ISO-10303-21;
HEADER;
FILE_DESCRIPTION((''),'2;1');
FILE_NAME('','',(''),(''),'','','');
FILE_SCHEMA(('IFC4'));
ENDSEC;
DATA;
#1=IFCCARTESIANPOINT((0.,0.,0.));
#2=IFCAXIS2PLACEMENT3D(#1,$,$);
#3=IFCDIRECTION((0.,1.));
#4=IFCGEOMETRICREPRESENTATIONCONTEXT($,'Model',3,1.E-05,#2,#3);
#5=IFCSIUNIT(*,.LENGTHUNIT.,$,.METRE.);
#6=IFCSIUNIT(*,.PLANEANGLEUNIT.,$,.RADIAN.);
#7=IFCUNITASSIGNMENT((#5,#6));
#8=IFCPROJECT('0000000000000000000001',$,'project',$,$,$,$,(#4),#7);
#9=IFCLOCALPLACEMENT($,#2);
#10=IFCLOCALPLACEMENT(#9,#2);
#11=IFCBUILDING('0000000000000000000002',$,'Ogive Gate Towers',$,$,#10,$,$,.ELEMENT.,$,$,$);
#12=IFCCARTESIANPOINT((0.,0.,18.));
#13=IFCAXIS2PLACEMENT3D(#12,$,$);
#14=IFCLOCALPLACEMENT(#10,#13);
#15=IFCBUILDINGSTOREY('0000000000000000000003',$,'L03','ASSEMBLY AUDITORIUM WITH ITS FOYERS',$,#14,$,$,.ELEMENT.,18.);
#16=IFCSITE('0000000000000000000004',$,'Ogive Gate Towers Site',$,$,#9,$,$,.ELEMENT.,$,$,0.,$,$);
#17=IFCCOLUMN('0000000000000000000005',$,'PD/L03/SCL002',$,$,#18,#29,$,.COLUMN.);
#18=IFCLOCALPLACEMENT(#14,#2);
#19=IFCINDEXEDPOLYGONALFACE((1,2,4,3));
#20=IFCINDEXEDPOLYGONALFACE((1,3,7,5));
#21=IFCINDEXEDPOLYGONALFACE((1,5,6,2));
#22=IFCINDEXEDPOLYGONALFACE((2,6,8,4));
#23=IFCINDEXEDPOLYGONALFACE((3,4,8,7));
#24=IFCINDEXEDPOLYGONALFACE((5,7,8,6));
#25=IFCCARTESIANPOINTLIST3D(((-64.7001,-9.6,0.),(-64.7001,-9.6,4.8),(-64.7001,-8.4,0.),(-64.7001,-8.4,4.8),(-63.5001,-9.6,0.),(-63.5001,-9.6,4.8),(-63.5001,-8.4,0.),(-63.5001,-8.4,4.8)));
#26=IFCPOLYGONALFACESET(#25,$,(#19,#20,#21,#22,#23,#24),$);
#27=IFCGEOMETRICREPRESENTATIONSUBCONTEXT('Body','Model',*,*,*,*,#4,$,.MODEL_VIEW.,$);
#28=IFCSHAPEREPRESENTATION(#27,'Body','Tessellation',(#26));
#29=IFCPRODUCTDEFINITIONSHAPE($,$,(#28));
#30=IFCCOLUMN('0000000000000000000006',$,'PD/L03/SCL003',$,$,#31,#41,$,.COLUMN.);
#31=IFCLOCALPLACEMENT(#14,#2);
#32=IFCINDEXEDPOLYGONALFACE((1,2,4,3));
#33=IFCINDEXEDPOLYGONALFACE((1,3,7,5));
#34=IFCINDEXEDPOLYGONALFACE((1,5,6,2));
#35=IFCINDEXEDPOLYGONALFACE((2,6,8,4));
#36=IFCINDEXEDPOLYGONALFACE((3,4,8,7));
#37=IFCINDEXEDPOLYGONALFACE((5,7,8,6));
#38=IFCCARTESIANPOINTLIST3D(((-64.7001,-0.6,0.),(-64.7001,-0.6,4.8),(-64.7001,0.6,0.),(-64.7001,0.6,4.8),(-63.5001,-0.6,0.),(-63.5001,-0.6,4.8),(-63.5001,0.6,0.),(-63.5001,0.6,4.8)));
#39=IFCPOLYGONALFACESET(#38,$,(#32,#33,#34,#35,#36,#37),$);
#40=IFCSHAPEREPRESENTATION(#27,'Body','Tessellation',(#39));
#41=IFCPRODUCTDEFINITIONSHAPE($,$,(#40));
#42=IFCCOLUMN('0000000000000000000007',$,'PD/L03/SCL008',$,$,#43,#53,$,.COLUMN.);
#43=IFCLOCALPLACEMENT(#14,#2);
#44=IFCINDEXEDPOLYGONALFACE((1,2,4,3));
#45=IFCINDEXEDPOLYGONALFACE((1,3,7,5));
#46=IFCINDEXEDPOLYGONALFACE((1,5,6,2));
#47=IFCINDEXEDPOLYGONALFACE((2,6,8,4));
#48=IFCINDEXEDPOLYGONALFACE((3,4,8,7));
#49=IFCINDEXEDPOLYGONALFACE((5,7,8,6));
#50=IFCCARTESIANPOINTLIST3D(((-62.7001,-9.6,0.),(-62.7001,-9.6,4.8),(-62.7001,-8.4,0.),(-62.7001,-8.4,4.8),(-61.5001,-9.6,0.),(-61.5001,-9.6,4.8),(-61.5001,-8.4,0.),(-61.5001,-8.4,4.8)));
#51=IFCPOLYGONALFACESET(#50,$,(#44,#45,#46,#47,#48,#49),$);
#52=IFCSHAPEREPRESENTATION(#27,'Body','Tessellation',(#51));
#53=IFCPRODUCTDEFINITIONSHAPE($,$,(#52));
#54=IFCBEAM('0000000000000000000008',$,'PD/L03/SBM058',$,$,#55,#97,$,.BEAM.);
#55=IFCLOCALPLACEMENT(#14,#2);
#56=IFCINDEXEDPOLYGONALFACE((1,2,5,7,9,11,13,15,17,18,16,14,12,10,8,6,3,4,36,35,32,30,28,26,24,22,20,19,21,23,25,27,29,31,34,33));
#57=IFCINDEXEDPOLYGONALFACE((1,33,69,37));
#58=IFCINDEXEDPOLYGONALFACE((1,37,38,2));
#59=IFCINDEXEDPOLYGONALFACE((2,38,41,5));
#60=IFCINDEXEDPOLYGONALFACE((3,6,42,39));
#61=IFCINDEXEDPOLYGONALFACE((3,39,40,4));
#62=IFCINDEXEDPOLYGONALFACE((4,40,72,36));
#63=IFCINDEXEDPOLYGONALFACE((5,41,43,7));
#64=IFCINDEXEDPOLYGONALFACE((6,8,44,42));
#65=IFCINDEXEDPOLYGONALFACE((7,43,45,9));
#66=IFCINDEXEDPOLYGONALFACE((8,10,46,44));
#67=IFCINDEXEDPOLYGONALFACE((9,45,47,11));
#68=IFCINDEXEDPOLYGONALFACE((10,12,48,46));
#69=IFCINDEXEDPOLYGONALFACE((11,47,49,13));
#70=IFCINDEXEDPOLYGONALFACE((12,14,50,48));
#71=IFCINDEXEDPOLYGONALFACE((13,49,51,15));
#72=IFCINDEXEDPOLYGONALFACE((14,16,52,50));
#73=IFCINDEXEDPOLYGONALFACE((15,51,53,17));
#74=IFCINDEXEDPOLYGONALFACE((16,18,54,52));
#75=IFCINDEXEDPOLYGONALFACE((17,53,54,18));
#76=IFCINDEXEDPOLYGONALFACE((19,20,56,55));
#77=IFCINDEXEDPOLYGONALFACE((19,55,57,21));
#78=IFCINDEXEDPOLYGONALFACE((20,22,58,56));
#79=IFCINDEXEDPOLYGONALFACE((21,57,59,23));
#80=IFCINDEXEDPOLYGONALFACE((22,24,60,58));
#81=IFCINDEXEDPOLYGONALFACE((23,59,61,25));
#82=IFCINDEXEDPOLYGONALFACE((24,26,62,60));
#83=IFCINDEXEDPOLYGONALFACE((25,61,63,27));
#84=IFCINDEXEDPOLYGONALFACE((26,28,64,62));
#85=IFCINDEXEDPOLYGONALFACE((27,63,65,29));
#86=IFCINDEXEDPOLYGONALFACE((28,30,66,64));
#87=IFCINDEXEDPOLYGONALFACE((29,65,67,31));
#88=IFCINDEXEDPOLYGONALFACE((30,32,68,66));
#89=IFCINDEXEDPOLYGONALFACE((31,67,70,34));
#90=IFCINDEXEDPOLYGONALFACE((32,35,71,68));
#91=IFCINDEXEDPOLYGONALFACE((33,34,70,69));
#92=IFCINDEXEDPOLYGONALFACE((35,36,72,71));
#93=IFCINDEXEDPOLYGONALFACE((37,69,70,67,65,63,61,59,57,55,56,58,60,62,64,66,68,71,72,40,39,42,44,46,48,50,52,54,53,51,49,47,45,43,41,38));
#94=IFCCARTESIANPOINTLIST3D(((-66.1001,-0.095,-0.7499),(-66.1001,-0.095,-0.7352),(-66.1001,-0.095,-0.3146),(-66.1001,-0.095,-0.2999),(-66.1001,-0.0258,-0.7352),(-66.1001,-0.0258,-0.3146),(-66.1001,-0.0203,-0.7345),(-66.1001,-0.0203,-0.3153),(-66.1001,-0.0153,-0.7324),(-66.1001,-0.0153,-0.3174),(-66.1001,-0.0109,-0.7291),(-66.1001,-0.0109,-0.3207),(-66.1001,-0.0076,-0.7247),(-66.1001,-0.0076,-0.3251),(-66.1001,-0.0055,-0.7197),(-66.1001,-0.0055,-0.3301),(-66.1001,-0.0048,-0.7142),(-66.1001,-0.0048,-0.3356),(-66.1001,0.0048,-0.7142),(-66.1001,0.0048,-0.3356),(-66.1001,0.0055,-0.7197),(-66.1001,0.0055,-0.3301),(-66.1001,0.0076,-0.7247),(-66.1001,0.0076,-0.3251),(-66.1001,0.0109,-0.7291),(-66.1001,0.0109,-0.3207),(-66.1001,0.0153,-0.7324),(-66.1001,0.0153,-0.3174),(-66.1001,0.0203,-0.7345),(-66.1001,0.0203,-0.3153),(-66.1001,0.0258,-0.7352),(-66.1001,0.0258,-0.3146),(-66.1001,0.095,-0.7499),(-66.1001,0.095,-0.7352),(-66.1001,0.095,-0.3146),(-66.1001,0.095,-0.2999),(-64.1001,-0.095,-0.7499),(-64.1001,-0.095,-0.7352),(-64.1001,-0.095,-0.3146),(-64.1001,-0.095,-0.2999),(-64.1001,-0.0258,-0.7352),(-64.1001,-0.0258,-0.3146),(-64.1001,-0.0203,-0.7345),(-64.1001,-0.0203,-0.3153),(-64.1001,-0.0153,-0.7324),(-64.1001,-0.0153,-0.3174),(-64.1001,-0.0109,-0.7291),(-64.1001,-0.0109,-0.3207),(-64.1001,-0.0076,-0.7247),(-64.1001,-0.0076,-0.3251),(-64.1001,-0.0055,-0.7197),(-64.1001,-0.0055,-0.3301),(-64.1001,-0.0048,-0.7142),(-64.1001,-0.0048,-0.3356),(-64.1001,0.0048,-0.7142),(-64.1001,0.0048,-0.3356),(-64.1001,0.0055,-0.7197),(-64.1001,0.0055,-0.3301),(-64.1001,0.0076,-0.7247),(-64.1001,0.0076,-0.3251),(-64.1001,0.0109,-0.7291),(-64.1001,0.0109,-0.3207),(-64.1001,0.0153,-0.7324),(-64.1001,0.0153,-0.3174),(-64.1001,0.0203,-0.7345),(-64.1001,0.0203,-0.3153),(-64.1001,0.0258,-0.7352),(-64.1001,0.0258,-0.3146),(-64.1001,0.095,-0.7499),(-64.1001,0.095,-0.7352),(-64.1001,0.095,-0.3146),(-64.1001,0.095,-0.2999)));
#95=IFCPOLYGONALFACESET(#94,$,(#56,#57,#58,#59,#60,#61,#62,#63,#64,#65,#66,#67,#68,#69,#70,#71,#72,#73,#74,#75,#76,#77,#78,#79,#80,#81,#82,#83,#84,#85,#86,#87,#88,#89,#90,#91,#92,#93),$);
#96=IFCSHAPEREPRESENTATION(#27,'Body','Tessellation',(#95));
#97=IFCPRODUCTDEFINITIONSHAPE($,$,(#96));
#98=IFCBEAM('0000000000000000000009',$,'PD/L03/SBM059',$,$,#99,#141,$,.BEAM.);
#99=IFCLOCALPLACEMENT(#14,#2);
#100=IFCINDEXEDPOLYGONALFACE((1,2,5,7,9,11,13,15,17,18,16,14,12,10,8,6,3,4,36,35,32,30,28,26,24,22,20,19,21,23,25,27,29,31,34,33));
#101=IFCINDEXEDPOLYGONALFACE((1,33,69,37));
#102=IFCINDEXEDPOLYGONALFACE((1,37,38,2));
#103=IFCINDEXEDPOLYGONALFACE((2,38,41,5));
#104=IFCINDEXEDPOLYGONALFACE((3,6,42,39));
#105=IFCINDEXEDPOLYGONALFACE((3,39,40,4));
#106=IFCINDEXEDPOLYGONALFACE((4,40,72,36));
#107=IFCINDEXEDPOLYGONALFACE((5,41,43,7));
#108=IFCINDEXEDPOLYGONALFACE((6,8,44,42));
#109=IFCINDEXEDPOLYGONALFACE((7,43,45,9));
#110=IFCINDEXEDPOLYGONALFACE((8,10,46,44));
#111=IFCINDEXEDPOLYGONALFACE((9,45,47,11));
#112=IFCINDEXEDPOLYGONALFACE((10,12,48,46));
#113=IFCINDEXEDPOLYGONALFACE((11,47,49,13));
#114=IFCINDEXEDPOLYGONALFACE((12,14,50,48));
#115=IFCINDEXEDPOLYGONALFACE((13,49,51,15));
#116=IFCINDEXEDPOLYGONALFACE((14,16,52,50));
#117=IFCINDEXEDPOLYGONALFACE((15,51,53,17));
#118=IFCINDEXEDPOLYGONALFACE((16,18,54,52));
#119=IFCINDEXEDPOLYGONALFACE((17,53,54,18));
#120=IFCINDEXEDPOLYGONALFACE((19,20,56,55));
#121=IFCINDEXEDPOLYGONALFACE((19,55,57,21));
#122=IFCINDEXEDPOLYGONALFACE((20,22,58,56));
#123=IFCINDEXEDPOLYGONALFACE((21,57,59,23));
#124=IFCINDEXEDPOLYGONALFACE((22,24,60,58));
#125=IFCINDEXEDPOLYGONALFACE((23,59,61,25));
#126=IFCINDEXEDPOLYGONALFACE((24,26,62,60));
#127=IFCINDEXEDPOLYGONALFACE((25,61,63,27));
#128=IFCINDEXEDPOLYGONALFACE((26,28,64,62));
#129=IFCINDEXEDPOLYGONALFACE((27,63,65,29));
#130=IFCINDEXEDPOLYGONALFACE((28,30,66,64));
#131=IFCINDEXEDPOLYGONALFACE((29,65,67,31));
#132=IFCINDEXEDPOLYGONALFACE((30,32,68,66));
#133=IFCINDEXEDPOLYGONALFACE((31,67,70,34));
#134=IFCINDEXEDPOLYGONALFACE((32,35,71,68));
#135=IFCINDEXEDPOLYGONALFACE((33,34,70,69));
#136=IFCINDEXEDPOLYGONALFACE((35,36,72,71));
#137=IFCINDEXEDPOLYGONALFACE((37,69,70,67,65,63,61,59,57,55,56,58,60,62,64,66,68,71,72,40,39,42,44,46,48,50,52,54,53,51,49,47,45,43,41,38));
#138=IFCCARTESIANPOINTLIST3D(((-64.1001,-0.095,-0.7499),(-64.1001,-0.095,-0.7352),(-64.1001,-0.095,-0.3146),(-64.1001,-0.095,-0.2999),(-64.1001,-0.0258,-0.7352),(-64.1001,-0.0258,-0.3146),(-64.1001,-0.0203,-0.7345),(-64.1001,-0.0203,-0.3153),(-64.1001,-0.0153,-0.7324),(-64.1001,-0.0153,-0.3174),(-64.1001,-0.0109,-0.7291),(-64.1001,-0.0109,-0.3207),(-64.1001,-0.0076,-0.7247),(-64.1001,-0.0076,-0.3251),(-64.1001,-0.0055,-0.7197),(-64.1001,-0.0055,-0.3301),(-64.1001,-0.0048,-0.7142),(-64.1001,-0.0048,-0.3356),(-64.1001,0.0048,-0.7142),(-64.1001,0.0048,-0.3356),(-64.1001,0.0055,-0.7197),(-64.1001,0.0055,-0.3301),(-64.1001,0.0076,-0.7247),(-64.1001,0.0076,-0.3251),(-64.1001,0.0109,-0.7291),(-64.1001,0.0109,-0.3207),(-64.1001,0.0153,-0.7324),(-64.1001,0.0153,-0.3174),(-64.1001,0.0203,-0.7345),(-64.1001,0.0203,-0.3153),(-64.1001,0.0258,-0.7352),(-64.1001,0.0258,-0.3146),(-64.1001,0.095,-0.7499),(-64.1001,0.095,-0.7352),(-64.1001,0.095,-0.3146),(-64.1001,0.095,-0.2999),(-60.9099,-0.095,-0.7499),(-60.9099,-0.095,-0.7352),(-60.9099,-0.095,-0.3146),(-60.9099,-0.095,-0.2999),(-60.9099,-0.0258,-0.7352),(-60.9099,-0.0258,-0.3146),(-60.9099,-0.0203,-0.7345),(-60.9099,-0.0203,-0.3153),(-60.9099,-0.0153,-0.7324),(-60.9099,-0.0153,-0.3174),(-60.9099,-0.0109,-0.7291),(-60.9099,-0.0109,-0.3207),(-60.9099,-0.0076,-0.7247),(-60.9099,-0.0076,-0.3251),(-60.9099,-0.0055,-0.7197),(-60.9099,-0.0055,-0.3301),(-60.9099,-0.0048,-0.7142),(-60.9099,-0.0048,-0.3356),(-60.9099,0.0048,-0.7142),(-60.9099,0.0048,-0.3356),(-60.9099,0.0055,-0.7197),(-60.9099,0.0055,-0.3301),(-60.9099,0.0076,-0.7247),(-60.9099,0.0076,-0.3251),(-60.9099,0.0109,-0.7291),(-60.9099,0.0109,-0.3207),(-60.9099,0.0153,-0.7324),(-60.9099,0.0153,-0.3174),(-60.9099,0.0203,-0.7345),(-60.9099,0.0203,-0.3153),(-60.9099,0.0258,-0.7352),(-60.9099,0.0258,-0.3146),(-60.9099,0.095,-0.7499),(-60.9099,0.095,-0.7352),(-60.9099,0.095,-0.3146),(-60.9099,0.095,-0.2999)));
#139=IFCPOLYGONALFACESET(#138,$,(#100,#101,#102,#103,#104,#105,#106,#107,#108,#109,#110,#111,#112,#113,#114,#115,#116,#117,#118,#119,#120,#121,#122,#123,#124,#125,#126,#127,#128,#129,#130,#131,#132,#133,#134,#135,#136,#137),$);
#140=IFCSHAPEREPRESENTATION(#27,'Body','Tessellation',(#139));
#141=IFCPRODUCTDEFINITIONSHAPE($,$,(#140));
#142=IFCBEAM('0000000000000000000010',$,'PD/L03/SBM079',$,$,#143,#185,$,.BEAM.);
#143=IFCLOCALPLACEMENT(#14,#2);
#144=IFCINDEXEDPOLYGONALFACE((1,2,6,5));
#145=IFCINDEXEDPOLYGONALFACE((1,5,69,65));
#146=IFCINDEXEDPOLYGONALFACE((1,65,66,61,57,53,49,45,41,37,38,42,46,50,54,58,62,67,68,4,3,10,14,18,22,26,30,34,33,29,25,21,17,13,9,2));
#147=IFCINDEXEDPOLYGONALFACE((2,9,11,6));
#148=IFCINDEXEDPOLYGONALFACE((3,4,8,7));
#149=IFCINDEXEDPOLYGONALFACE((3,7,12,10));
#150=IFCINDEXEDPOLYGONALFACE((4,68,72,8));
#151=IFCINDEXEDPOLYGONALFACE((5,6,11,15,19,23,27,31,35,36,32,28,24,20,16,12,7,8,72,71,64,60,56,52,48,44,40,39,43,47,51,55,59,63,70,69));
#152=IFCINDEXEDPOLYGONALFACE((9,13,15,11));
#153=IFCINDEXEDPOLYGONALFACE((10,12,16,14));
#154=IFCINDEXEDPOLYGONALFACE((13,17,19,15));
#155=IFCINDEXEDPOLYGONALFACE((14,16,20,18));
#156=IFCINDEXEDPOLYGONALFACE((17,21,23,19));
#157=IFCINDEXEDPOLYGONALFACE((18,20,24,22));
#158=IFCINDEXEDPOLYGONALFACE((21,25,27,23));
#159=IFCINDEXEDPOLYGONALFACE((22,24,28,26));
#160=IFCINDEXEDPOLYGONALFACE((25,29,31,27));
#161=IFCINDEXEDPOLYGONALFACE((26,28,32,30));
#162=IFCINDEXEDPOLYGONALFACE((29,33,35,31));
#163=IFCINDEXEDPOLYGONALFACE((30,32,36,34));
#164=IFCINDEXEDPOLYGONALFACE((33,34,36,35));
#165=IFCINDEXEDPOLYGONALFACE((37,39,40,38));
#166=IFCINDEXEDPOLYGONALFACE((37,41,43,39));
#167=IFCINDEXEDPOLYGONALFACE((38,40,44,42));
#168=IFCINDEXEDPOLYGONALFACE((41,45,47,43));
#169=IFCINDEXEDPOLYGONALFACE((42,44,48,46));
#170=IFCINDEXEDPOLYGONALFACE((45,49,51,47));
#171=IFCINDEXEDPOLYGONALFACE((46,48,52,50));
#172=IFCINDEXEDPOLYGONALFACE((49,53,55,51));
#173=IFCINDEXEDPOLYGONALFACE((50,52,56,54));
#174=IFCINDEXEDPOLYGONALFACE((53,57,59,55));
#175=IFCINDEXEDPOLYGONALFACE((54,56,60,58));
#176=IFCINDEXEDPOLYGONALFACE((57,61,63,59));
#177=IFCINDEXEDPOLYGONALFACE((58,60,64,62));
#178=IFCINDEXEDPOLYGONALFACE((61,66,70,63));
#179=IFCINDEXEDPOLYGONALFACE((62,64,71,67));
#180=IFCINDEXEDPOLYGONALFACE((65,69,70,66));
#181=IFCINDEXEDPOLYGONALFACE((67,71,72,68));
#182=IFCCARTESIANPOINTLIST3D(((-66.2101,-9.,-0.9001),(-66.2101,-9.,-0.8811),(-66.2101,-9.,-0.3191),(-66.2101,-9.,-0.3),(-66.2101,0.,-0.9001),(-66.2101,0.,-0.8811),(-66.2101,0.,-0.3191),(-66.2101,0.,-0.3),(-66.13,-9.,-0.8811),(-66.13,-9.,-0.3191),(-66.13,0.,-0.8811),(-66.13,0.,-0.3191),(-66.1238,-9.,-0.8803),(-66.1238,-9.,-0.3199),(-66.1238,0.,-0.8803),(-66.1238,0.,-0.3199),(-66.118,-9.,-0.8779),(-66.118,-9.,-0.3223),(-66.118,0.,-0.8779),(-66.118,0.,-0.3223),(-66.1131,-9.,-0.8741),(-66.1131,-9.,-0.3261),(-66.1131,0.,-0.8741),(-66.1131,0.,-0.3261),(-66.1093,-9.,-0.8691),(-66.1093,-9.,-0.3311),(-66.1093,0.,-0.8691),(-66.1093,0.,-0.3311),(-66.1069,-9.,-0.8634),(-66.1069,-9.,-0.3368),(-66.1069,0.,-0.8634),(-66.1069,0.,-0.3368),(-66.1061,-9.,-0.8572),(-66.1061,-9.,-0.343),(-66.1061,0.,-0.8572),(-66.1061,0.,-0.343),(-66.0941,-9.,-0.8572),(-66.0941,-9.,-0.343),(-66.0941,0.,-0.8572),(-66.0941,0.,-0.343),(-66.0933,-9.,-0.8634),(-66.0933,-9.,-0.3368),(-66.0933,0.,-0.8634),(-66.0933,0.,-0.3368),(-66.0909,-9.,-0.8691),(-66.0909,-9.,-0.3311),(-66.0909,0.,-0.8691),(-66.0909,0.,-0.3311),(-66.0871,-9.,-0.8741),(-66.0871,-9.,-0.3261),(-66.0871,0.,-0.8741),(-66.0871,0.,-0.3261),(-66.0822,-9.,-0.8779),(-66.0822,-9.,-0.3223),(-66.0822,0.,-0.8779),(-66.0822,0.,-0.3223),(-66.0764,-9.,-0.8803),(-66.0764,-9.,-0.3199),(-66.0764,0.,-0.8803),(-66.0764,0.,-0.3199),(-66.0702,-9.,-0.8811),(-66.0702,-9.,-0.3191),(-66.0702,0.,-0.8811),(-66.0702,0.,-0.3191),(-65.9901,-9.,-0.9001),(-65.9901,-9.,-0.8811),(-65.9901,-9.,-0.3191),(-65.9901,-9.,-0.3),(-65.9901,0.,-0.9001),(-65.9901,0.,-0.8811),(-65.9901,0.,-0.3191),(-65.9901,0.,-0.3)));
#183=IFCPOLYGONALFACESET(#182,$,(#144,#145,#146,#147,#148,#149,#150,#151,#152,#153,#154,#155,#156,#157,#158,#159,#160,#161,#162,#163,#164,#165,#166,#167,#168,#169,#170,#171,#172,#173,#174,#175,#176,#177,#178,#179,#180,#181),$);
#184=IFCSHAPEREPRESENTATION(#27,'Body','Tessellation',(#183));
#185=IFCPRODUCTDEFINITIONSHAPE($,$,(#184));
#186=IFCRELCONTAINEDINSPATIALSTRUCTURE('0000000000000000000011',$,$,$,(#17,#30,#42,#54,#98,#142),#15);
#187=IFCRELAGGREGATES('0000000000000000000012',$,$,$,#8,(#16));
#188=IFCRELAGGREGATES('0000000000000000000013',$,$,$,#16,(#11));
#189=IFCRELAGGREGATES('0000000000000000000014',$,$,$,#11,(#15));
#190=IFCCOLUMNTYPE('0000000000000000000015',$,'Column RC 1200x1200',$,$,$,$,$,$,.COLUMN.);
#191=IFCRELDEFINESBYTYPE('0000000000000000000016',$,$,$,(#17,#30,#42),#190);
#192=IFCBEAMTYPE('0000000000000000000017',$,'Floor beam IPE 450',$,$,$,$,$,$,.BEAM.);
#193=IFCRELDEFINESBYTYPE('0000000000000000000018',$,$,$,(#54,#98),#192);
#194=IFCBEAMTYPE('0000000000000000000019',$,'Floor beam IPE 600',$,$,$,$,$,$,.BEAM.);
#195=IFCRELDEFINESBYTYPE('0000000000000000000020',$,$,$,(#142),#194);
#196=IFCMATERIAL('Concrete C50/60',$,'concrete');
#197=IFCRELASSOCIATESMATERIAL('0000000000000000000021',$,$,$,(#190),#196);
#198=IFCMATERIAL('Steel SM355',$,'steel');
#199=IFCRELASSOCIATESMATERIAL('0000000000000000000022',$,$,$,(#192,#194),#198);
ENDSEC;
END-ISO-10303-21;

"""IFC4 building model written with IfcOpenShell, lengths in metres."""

from ifc_helpers import new_model, si_unit, direction, frame, origin, origin_2d, place, context, subcontext, project, spatial, rectangle, i_section, extrude, material, material_profile, profile_set, type_object, element, save


model = new_model("IFC4")

# Units and contexts
model_context = context("Model", 3, precision=1e-05, world=origin(), true_north=direction((0.0, 1.0)))
body_context = subcontext(model_context, "Body", "Model", "MODEL_VIEW")
ifc_project = project(units=[si_unit("LENGTHUNIT", "METRE"), si_unit("PLANEANGLEUNIT", "RADIAN")], contexts=[model_context])

# Site, building, storey
site_placement = place(None, origin())
site = spatial("IfcSite", under=ifc_project, at=site_placement, Name="Ogive Gate Towers Site", CompositionType="ELEMENT", RefElevation=0.0)
building_placement = place(site_placement, origin())
building = spatial("IfcBuilding", under=site, at=building_placement, Name="Ogive Gate Towers", CompositionType="ELEMENT")
storey_placement = place(building_placement, frame((0.0, 0.0, 18.0)))
storey = spatial("IfcBuildingStorey", under=building, at=storey_placement, Name="L03", Description="ASSEMBLY AUDITORIUM WITH ITS FOYERS", CompositionType="ELEMENT", Elevation=18.0)

# Columns
ifc_material_1 = material(Name="Concrete C50/60", Category="concrete")
ifc_material_profile_1 = material_profile(ifc_material_1, rectangle(XDim=1.2, YDim=1.2, at=origin_2d()), Name="RC 1200x1200")
ifc_profile_set_1 = profile_set([ifc_material_profile_1], Name="Concrete C50/60")
column_type = type_object("IfcColumnType", Name="Column RC 1200x1200", PredefinedType="COLUMN", material=ifc_profile_set_1)
for number, where, z_axis, x_axis, name in (
    (1, (-64.1001, -9.0, 0.0), (0.0, 0.0, 1.0), (1.0, 0.0, 0.0), "PD/L03/SCL002"),
    (2, (-64.1001, 0.0, 0.0), (0.0, 0.0, 1.0), (1.0, 0.0, 0.0), "PD/L03/SCL003"),
    (3, (-62.1001, -9.0, 0.0), (0.0, 0.0, 1.0), (1.0, 0.0, 0.0), "PD/L03/SCL008"),
):
    element("IfcColumn", number, at=place(storey_placement, frame(where, z_axis=z_axis, x_axis=x_axis)), inside=storey, type_object=column_type, Name=name, PredefinedType="COLUMN", context=body_context, shape_type="SweptSolid", body=[
        extrude(rectangle(XDim=1.2, YDim=1.2, at=origin_2d()), origin(), (0.0, 0.0, 1.0), 4.8),
    ])

# Beams
ifc_material_2 = material(Name="Steel SM355", Category="steel")
ifc_material_profile_2 = material_profile(ifc_material_2, i_section(OverallWidth=0.1899, OverallDepth=0.45, WebThickness=0.0095, FlangeThickness=0.0146, FilletRadius=0.021, at=origin_2d()), Name="IPE 450")
ifc_profile_set_2 = profile_set([ifc_material_profile_2], Name="Steel SM355")
beam_type_1 = type_object("IfcBeamType", Name="Floor beam IPE 450", PredefinedType="BEAM", material=ifc_profile_set_2)
beam_1_placement = place(storey_placement, frame((-66.1001, 0.0, -0.5249), z_axis=(1.0, 0.0, 0.0), x_axis=(0.0, 1.0, 0.0)))
element("IfcBeam", 4, at=beam_1_placement, inside=storey, type_object=beam_type_1, Name="PD/L03/SBM058", PredefinedType="BEAM", context=body_context, shape_type="SweptSolid", body=[
    extrude(i_section(OverallWidth=0.1899, OverallDepth=0.45, WebThickness=0.0095, FlangeThickness=0.0146, FilletRadius=0.021, at=origin_2d()), origin(), (0.0, 0.0, 1.0), 2.0),
])
beam_2_placement = place(storey_placement, frame((-64.1001, 0.0, -0.5249), z_axis=(1.0, 0.0, 0.0), x_axis=(0.0, 1.0, 0.0)))
element("IfcBeam", 5, at=beam_2_placement, inside=storey, type_object=beam_type_1, Name="PD/L03/SBM059", PredefinedType="BEAM", context=body_context, shape_type="SweptSolid", body=[
    extrude(i_section(OverallWidth=0.1899, OverallDepth=0.45, WebThickness=0.0095, FlangeThickness=0.0146, FilletRadius=0.021, at=origin_2d()), origin(), (0.0, 0.0, 1.0), 3.1902),
])
ifc_material_profile_3 = material_profile(ifc_material_2, i_section(OverallWidth=0.22, OverallDepth=0.6001, WebThickness=0.012, FlangeThickness=0.019, FilletRadius=0.0239, at=origin_2d()), Name="IPE 600")
ifc_profile_set_3 = profile_set([ifc_material_profile_3], Name="Steel SM355")
beam_type_2 = type_object("IfcBeamType", Name="Floor beam IPE 600", PredefinedType="BEAM", material=ifc_profile_set_3)
for number, where, z_axis, x_axis, name in (
    (6, (-66.1001, -9.0, -0.6001), (0.0, 1.0, 0.0), (-1.0, 0.0, 0.0), "PD/L03/SBM079"),
):
    element("IfcBeam", number, at=place(storey_placement, frame(where, z_axis=z_axis, x_axis=x_axis)), inside=storey, type_object=beam_type_2, Name=name, PredefinedType="BEAM", context=body_context, shape_type="SweptSolid", body=[
        extrude(i_section(OverallWidth=0.22, OverallDepth=0.6001, WebThickness=0.012, FlangeThickness=0.019, FilletRadius=0.0239, at=origin_2d()), origin(), (0.0, 0.0, 1.0), 9.0),
    ])

save(model, "model.ifc")
